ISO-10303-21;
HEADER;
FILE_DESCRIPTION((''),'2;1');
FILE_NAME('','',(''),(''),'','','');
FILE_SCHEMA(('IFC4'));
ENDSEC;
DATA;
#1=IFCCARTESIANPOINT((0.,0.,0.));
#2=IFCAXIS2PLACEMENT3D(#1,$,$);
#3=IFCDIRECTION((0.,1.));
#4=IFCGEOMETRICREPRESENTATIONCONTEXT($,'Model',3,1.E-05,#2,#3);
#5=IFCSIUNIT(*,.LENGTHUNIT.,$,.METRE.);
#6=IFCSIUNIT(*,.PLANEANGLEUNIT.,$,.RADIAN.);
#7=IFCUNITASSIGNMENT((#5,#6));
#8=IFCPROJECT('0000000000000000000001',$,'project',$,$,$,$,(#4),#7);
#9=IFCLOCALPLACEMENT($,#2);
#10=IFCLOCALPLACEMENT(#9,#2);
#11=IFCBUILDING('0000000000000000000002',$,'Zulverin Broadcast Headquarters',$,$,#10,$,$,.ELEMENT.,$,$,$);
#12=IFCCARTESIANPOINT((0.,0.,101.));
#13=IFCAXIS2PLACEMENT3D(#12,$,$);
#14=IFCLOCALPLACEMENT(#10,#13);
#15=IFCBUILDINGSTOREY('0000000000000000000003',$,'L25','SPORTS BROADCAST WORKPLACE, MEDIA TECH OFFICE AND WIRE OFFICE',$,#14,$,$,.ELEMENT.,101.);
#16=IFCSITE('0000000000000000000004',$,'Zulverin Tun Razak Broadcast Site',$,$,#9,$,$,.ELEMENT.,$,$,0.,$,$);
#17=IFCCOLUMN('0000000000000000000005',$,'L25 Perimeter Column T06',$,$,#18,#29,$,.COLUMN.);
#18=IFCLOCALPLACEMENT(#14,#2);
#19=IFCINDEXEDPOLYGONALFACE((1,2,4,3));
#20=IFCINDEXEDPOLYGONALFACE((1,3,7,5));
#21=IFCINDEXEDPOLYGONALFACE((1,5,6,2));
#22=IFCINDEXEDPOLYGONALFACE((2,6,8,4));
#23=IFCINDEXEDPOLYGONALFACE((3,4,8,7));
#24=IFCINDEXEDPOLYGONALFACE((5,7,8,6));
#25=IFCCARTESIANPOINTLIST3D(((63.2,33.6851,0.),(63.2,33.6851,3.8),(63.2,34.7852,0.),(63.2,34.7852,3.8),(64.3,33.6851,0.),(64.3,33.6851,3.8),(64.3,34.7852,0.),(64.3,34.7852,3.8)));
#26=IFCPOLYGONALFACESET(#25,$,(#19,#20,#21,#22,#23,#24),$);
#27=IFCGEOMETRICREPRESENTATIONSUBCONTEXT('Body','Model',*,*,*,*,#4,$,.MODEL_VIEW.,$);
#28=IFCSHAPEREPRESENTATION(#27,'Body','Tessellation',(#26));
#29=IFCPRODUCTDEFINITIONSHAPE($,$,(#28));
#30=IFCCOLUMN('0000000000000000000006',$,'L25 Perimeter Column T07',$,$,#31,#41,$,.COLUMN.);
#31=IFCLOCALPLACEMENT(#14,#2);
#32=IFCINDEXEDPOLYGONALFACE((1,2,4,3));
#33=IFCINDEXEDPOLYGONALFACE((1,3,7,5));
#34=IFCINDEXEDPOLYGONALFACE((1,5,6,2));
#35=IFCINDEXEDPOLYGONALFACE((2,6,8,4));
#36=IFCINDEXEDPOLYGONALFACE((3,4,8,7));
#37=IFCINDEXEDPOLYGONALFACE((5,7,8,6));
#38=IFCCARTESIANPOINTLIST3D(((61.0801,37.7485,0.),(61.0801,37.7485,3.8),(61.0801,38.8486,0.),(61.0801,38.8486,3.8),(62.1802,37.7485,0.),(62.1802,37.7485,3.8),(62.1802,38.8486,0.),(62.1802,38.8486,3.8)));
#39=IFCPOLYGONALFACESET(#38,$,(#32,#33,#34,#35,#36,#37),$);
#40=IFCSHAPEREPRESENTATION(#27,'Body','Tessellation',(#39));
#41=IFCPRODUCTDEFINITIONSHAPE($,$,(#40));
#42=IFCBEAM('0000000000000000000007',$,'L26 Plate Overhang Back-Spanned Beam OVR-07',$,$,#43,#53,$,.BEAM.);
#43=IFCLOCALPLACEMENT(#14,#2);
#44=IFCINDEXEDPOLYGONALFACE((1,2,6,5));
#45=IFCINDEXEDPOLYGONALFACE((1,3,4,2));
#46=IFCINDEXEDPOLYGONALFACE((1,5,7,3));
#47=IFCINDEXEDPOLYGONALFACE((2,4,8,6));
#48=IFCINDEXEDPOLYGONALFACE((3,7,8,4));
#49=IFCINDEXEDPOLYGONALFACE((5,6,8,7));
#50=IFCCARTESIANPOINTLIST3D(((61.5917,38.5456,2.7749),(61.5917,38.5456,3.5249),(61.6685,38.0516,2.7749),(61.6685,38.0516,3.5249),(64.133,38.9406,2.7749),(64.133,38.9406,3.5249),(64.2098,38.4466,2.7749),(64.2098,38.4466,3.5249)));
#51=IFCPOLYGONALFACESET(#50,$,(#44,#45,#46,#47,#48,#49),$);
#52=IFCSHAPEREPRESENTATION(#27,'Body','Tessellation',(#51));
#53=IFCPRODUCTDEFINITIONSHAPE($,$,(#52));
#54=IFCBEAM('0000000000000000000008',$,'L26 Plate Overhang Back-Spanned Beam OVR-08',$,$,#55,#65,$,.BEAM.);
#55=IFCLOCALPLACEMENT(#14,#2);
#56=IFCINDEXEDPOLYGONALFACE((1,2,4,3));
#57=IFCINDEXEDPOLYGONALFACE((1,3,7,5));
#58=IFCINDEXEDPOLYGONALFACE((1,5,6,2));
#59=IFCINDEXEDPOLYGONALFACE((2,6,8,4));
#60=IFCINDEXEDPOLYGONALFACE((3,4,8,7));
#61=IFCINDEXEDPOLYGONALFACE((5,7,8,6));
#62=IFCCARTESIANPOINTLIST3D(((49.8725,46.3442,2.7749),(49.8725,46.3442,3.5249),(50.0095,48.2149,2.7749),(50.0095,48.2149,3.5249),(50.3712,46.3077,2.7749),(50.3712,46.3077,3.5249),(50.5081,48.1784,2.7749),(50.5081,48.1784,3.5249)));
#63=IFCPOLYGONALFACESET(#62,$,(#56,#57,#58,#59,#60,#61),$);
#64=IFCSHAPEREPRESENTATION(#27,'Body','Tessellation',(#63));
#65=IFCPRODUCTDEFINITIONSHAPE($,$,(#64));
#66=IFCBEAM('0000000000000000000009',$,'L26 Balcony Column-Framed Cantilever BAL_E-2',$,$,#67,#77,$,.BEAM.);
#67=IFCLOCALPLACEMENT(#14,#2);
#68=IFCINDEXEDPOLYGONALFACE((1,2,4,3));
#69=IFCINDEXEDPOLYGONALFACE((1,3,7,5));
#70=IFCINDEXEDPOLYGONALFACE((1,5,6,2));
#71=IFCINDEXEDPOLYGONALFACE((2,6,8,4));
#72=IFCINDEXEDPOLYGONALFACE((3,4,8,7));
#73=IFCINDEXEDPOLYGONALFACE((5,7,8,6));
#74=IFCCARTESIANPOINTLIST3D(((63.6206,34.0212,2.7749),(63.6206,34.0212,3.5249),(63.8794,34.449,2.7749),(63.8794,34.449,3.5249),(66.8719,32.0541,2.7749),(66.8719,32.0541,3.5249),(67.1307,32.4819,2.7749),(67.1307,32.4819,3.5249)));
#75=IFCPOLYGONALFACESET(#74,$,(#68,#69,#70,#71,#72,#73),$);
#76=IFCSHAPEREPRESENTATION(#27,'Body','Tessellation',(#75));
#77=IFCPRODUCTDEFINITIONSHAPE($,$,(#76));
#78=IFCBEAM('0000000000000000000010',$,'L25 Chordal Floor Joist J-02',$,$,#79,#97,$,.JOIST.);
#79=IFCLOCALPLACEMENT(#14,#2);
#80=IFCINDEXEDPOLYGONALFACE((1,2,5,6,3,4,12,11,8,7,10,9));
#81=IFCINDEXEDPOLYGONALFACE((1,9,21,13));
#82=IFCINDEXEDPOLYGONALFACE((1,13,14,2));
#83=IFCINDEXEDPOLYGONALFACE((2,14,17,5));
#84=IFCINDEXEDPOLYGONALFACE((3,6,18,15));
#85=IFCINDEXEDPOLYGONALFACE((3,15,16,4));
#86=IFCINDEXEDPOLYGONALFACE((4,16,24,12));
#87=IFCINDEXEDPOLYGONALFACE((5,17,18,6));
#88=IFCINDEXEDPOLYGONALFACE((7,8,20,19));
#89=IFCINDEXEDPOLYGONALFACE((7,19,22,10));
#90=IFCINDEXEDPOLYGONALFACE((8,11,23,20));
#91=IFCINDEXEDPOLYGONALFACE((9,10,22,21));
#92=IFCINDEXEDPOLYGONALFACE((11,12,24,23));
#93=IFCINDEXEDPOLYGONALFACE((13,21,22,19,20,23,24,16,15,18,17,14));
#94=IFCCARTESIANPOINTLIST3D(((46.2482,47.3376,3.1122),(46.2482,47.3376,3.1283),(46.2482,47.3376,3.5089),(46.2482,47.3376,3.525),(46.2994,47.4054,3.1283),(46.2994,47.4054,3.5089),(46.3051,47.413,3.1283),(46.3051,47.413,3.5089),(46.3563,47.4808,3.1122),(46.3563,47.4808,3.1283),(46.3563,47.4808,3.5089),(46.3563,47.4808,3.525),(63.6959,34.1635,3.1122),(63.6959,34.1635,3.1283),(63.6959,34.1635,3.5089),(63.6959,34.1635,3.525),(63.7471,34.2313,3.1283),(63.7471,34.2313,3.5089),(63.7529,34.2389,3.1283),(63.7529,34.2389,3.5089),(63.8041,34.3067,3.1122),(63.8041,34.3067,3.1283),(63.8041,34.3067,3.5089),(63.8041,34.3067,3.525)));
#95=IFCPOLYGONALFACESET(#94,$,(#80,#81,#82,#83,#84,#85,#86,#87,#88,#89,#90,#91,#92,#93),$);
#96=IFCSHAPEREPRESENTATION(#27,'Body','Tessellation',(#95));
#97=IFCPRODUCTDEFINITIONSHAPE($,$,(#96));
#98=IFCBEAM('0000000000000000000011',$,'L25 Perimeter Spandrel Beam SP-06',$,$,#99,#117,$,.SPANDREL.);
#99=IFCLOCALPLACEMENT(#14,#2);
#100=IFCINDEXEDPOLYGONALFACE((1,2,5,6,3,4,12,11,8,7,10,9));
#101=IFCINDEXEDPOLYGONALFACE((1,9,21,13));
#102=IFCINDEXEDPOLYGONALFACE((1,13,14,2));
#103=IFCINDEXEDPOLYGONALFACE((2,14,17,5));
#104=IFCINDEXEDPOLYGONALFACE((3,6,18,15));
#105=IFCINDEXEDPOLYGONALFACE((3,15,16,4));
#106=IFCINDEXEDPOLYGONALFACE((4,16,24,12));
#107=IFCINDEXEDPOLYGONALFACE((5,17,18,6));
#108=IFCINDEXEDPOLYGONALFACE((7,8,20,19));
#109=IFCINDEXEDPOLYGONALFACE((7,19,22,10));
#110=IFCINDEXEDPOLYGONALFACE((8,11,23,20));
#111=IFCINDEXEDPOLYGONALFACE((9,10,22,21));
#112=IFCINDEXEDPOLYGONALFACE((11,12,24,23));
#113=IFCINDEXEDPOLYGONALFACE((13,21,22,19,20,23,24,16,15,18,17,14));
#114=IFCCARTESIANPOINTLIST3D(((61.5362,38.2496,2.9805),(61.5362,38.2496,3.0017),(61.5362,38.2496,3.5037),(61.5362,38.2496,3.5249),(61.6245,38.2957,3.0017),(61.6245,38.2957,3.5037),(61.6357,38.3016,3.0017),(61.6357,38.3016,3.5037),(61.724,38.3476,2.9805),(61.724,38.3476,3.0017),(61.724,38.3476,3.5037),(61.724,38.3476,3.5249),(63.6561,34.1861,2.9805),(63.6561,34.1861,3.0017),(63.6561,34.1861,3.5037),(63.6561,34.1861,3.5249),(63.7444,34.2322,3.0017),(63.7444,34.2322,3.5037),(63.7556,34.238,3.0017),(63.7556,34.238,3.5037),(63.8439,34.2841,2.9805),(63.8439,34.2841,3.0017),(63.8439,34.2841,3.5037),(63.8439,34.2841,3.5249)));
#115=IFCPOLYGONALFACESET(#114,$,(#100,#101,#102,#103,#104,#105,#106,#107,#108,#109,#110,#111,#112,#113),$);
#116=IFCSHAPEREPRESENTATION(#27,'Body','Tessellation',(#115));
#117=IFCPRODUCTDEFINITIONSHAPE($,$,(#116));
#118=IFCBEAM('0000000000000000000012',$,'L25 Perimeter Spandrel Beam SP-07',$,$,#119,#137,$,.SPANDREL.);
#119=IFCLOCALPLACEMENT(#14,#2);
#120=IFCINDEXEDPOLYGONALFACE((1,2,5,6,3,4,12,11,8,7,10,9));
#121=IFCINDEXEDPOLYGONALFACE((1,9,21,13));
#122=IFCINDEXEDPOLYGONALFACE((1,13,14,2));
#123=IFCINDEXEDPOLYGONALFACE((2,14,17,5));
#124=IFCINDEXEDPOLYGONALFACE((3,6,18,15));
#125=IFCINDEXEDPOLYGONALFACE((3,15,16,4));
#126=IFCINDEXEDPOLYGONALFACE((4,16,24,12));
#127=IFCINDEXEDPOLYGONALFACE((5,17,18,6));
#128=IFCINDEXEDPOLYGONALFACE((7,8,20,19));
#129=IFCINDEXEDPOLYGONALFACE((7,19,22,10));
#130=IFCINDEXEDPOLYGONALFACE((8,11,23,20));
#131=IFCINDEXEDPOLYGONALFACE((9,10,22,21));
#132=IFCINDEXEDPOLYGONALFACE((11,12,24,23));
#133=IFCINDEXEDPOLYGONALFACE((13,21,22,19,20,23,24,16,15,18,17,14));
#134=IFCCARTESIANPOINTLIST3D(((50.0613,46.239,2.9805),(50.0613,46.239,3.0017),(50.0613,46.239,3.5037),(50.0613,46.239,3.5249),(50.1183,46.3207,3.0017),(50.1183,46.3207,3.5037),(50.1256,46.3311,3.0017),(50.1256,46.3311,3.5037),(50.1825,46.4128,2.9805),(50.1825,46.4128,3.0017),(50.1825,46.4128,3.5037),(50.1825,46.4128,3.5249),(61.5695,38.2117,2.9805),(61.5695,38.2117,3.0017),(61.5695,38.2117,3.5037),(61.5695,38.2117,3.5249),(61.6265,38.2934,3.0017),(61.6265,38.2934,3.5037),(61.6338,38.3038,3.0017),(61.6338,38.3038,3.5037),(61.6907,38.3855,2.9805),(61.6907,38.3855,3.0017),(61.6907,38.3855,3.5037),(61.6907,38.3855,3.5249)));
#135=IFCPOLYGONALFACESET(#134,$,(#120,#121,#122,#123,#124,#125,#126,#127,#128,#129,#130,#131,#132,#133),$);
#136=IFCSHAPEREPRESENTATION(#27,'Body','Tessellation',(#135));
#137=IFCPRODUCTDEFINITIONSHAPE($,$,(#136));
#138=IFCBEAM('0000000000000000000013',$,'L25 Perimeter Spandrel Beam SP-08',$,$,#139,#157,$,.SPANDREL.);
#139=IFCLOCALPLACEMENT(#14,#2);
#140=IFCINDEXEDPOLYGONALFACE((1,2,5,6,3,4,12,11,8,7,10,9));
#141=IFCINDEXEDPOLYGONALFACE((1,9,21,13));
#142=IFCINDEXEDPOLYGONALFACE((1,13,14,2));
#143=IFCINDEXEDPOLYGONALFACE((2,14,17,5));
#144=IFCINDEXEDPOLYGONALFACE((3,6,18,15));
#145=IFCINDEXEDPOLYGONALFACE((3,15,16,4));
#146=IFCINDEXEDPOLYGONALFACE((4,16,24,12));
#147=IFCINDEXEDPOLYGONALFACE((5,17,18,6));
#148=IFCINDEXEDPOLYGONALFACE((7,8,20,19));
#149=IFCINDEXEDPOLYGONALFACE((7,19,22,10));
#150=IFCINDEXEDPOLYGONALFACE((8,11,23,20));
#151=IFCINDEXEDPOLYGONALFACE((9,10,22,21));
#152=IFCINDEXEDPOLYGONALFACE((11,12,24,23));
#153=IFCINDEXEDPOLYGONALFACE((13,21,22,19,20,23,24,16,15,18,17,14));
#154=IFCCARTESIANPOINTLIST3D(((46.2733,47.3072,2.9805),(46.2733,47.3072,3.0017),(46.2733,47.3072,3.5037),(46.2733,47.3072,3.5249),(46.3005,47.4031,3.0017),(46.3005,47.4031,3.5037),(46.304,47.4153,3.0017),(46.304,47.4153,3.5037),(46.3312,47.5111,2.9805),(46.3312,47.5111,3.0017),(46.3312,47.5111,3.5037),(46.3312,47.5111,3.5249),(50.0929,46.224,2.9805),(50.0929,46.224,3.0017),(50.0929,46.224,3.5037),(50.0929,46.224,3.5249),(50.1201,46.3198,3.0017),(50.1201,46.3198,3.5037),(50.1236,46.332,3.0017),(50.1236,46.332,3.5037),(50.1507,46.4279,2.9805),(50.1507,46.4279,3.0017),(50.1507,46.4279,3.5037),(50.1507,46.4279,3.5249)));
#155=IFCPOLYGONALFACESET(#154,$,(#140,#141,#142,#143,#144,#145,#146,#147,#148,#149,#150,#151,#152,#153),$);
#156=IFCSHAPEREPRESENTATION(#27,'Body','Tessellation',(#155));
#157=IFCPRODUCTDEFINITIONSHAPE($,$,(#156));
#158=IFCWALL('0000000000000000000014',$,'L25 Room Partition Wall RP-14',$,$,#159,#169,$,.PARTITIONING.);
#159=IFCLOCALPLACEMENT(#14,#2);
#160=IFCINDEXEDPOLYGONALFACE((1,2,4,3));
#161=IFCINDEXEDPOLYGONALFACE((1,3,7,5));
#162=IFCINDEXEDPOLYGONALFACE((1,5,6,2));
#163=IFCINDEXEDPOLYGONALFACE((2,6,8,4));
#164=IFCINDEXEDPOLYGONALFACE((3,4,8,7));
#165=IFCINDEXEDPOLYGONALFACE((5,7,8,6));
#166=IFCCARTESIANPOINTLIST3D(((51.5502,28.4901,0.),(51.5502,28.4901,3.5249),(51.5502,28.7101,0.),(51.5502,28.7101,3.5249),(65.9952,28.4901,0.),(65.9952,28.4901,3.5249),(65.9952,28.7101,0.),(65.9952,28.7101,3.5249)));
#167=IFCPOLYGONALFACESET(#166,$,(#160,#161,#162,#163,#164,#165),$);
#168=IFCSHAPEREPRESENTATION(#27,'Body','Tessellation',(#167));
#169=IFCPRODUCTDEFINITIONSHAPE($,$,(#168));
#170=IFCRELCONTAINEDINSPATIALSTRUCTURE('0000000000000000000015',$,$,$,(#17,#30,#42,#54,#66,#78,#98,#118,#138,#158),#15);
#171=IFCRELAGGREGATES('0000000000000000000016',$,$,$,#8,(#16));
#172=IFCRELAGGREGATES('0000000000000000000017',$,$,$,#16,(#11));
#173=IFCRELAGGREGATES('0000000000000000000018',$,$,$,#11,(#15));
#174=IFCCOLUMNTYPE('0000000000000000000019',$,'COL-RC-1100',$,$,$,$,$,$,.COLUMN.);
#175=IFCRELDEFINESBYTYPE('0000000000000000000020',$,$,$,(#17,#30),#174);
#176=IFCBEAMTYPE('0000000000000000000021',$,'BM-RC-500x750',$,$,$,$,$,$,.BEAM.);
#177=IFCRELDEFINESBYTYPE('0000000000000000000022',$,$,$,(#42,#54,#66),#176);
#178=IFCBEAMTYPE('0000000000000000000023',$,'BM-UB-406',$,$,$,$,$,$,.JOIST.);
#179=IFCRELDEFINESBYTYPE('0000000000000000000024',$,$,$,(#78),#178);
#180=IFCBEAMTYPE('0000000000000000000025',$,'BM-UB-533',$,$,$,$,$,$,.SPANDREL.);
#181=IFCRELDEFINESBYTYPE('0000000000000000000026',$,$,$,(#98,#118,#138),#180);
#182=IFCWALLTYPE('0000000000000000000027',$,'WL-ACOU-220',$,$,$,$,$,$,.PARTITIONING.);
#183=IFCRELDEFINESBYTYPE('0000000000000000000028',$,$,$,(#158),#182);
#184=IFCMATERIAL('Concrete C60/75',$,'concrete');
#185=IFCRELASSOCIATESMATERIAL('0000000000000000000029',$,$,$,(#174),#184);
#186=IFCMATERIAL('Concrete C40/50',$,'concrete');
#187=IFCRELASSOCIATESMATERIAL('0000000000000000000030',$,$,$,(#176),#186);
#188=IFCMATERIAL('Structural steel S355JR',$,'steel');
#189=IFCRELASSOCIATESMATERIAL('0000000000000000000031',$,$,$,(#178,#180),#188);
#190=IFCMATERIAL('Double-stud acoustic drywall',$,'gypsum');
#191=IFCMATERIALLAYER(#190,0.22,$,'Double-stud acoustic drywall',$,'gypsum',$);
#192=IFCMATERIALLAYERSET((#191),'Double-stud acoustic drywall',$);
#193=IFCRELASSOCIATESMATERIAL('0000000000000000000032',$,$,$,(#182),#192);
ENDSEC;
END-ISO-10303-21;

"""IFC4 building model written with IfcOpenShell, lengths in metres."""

from ifc_helpers import new_model, si_unit, direction, frame, frame_2d, origin, origin_2d, place, context, subcontext, project, spatial, rectangle, i_section, extrude, material, layer, layer_set, material_profile, profile_set, type_object, element, save


model = new_model("IFC4")

# Units and contexts
model_context = context("Model", 3, precision=1e-05, world=origin(), true_north=direction((0.0, 1.0)))
body_context = subcontext(model_context, "Body", "Model", "MODEL_VIEW")
ifc_project = project(units=[si_unit("LENGTHUNIT", "METRE"), si_unit("PLANEANGLEUNIT", "RADIAN")], contexts=[model_context])

# Site, building, storey
site_placement = place(None, origin())
site = spatial("IfcSite", under=ifc_project, at=site_placement, Name="Zulverin Tun Razak Broadcast Site", CompositionType="ELEMENT", RefElevation=0.0)
building_placement = place(site_placement, origin())
building = spatial("IfcBuilding", under=site, at=building_placement, Name="Zulverin Broadcast Headquarters", CompositionType="ELEMENT")
storey_placement = place(building_placement, frame((0.0, 0.0, 101.0)))
storey = spatial("IfcBuildingStorey", under=building, at=storey_placement, Name="L25", Description="SPORTS BROADCAST WORKPLACE, MEDIA TECH OFFICE AND WIRE OFFICE", CompositionType="ELEMENT", Elevation=101.0)

# Columns
ifc_material_1 = material(Name="Concrete C60/75", Category="concrete")
ifc_material_profile_1 = material_profile(ifc_material_1, rectangle(XDim=1.1001, YDim=1.1001, at=origin_2d()), Name="Concrete C60/75", Category="concrete")
ifc_profile_set_1 = profile_set([ifc_material_profile_1], Name="Concrete C60/75")
column_type = type_object("IfcColumnType", Name="COL-RC-1100", PredefinedType="COLUMN", material=ifc_profile_set_1)
for number, where, z_axis, x_axis, name in (
    (1, (63.75, 34.2351, 0.0), (0.0, 0.0, 1.0), (1.0, 0.0, 0.0), "L25 Perimeter Column T06"),
    (2, (61.6301, 38.2986, 0.0), (0.0, 0.0, 1.0), (1.0, 0.0, 0.0), "L25 Perimeter Column T07"),
):
    element("IfcColumn", number, at=place(storey_placement, frame(where, z_axis=z_axis, x_axis=x_axis)), inside=storey, type_object=column_type, Name=name, PredefinedType="COLUMN", context=body_context, shape_type="SweptSolid", body=[
        extrude(rectangle(XDim=1.1001, YDim=1.1001, at=origin_2d()), origin(), (0.0, 0.0, 1.0), 3.8),
    ])

# Beams
ifc_material_2 = material(Name="Concrete C40/50", Category="concrete")
ifc_material_profile_2 = material_profile(ifc_material_2, rectangle(XDim=0.5, YDim=0.75, at=origin_2d()), Name="Concrete C40/50", Category="concrete")
ifc_profile_set_2 = profile_set([ifc_material_profile_2], Name="Concrete C40/50")
beam_type_1 = type_object("IfcBeamType", Name="BM-RC-500x750", PredefinedType="BEAM", material=ifc_profile_set_2)
beam_1_placement = place(storey_placement, frame((61.6301, 38.2986, 3.1499), z_axis=(0.988133, 0.153598, 0.0), x_axis=(-0.153598, 0.988133, 0.0)))
element("IfcBeam", 3, at=beam_1_placement, inside=storey, type_object=beam_type_1, Name="L26 Plate Overhang Back-Spanned Beam OVR-07", PredefinedType="BEAM", context=body_context, shape_type="SweptSolid", body=[
    extrude(rectangle(XDim=0.5, YDim=0.75, at=origin_2d()), origin(), (0.0, 0.0, 1.0), 2.5718),
])
beam_2_placement = place(storey_placement, frame((50.1218, 46.3259, 3.1499), z_axis=(0.073023, 0.99733, 0.0), x_axis=(-0.99733, 0.073023, 0.0)))
element("IfcBeam", 4, at=beam_2_placement, inside=storey, type_object=beam_type_1, Name="L26 Plate Overhang Back-Spanned Beam OVR-08", PredefinedType="BEAM", context=body_context, shape_type="SweptSolid", body=[
    extrude(rectangle(XDim=0.5, YDim=0.75, at=origin_2d()), origin(), (0.0, 0.0, 1.0), 1.8757),
])
beam_3_placement = place(storey_placement, frame((63.75, 34.2351, 3.1499), z_axis=(0.855594, -0.517648, 0.0), x_axis=(0.517648, 0.855594, 0.0)))
element("IfcBeam", 5, at=beam_3_placement, inside=storey, type_object=beam_type_1, Name="L26 Balcony Column-Framed Cantilever BAL_E-2", PredefinedType="BEAM", context=body_context, shape_type="SweptSolid", body=[
    extrude(rectangle(XDim=0.5, YDim=0.75, at=origin_2d()), origin(), (0.0, 0.0, 1.0), 3.8),
])
ifc_material_3 = material(Name="Structural steel S355JR", Category="steel")
ifc_material_profile_3 = material_profile(ifc_material_3, i_section(OverallWidth=0.1794, OverallDepth=0.4128, WebThickness=0.0095, FlangeThickness=0.0161, at=origin_2d()), Name="Structural steel S355JR", Category="steel")
ifc_profile_set_3 = profile_set([ifc_material_profile_3], Name="Structural steel S355JR")
beam_type_2 = type_object("IfcBeamType", Name="BM-UB-406", PredefinedType="JOIST", material=ifc_profile_set_3)
beam_4_placement = place(storey_placement, frame((63.75, 34.2351, 3.3186), z_axis=(-0.798058, 0.60258, 0.0), x_axis=(-0.60258, -0.798058, 0.0)))
element("IfcBeam", 6, at=beam_4_placement, inside=storey, type_object=beam_type_2, Name="L25 Chordal Floor Joist J-02", PredefinedType="JOIST", context=body_context, shape_type="SweptSolid", body=[
    extrude(i_section(OverallWidth=0.1794, OverallDepth=0.4128, WebThickness=0.0095, FlangeThickness=0.0161, at=origin_2d()), origin(), (0.0, 0.0, 1.0), 21.8628),
])
ifc_material_profile_4 = material_profile(ifc_material_3, i_section(OverallWidth=0.2119, OverallDepth=0.5444, WebThickness=0.0127, FlangeThickness=0.0212, at=origin_2d()), Name="Structural steel S355JR", Category="steel")
ifc_profile_set_4 = profile_set([ifc_material_profile_4], Name="Structural steel S355JR")
beam_type_3 = type_object("IfcBeamType", Name="BM-UB-533", PredefinedType="SPANDREL", material=ifc_profile_set_4)
beam_5_placement = place(storey_placement, frame((63.75, 34.2351, 3.2527), z_axis=(-0.462531, 0.886603, 0.0), x_axis=(-0.886603, -0.462531, 0.0)))
element("IfcBeam", 7, at=beam_5_placement, inside=storey, type_object=beam_type_3, Name="L25 Perimeter Spandrel Beam SP-06", PredefinedType="SPANDREL", context=body_context, shape_type="SweptSolid", body=[
    extrude(i_section(OverallWidth=0.2119, OverallDepth=0.5444, WebThickness=0.0127, FlangeThickness=0.0212, at=origin_2d()), origin(), (0.0, 0.0, 1.0), 4.5833),
])
beam_6_placement = place(storey_placement, frame((61.6301, 38.2986, 3.2527), z_axis=(-0.820184, 0.5721, 0.0), x_axis=(-0.5721, -0.820184, 0.0)))
element("IfcBeam", 8, at=beam_6_placement, inside=storey, type_object=beam_type_3, Name="L25 Perimeter Spandrel Beam SP-07", PredefinedType="SPANDREL", context=body_context, shape_type="SweptSolid", body=[
    extrude(i_section(OverallWidth=0.2119, OverallDepth=0.5444, WebThickness=0.0127, FlangeThickness=0.0212, at=origin_2d()), origin(), (0.0, 0.0, 1.0), 14.0312),
])
beam_7_placement = place(storey_placement, frame((50.1218, 46.3259, 3.2527), z_axis=(-0.962058, 0.272844, 0.0), x_axis=(-0.272844, -0.962058, 0.0)))
element("IfcBeam", 9, at=beam_7_placement, inside=storey, type_object=beam_type_3, Name="L25 Perimeter Spandrel Beam SP-08", PredefinedType="SPANDREL", context=body_context, shape_type="SweptSolid", body=[
    extrude(i_section(OverallWidth=0.2119, OverallDepth=0.5444, WebThickness=0.0127, FlangeThickness=0.0212, at=origin_2d()), origin(), (0.0, 0.0, 1.0), 3.9702),
])

# Wall
ifc_material_4 = material(Name="Double-stud acoustic drywall", Category="gypsum")
ifc_layer_1 = layer(ifc_material_4, 0.22, Name="Double-stud acoustic drywall", Category="gypsum")
ifc_layer_set_1 = layer_set([ifc_layer_1], Name="Double-stud acoustic drywall")
wall_type_1 = type_object("IfcWallType", Name="WL-ACOU-220", PredefinedType="PARTITIONING", material=ifc_layer_set_1)
wall_1_placement = place(storey_placement, frame((51.55, 28.6001, 0.0), z_axis=(0.0, 0.0, 1.0), x_axis=(1.0, 0.0, 0.0)))
element("IfcWall", 10, at=wall_1_placement, inside=storey, type_object=wall_type_1, Name="L25 Room Partition Wall RP-14", PredefinedType="PARTITIONING", context=body_context, shape_type="SweptSolid", body=[
    extrude(rectangle(XDim=14.4451, YDim=0.22, at=frame_2d((7.2227, 0.0))), origin(), (0.0, 0.0, 1.0), 3.5249),
])

save(model, "model.ifc")
